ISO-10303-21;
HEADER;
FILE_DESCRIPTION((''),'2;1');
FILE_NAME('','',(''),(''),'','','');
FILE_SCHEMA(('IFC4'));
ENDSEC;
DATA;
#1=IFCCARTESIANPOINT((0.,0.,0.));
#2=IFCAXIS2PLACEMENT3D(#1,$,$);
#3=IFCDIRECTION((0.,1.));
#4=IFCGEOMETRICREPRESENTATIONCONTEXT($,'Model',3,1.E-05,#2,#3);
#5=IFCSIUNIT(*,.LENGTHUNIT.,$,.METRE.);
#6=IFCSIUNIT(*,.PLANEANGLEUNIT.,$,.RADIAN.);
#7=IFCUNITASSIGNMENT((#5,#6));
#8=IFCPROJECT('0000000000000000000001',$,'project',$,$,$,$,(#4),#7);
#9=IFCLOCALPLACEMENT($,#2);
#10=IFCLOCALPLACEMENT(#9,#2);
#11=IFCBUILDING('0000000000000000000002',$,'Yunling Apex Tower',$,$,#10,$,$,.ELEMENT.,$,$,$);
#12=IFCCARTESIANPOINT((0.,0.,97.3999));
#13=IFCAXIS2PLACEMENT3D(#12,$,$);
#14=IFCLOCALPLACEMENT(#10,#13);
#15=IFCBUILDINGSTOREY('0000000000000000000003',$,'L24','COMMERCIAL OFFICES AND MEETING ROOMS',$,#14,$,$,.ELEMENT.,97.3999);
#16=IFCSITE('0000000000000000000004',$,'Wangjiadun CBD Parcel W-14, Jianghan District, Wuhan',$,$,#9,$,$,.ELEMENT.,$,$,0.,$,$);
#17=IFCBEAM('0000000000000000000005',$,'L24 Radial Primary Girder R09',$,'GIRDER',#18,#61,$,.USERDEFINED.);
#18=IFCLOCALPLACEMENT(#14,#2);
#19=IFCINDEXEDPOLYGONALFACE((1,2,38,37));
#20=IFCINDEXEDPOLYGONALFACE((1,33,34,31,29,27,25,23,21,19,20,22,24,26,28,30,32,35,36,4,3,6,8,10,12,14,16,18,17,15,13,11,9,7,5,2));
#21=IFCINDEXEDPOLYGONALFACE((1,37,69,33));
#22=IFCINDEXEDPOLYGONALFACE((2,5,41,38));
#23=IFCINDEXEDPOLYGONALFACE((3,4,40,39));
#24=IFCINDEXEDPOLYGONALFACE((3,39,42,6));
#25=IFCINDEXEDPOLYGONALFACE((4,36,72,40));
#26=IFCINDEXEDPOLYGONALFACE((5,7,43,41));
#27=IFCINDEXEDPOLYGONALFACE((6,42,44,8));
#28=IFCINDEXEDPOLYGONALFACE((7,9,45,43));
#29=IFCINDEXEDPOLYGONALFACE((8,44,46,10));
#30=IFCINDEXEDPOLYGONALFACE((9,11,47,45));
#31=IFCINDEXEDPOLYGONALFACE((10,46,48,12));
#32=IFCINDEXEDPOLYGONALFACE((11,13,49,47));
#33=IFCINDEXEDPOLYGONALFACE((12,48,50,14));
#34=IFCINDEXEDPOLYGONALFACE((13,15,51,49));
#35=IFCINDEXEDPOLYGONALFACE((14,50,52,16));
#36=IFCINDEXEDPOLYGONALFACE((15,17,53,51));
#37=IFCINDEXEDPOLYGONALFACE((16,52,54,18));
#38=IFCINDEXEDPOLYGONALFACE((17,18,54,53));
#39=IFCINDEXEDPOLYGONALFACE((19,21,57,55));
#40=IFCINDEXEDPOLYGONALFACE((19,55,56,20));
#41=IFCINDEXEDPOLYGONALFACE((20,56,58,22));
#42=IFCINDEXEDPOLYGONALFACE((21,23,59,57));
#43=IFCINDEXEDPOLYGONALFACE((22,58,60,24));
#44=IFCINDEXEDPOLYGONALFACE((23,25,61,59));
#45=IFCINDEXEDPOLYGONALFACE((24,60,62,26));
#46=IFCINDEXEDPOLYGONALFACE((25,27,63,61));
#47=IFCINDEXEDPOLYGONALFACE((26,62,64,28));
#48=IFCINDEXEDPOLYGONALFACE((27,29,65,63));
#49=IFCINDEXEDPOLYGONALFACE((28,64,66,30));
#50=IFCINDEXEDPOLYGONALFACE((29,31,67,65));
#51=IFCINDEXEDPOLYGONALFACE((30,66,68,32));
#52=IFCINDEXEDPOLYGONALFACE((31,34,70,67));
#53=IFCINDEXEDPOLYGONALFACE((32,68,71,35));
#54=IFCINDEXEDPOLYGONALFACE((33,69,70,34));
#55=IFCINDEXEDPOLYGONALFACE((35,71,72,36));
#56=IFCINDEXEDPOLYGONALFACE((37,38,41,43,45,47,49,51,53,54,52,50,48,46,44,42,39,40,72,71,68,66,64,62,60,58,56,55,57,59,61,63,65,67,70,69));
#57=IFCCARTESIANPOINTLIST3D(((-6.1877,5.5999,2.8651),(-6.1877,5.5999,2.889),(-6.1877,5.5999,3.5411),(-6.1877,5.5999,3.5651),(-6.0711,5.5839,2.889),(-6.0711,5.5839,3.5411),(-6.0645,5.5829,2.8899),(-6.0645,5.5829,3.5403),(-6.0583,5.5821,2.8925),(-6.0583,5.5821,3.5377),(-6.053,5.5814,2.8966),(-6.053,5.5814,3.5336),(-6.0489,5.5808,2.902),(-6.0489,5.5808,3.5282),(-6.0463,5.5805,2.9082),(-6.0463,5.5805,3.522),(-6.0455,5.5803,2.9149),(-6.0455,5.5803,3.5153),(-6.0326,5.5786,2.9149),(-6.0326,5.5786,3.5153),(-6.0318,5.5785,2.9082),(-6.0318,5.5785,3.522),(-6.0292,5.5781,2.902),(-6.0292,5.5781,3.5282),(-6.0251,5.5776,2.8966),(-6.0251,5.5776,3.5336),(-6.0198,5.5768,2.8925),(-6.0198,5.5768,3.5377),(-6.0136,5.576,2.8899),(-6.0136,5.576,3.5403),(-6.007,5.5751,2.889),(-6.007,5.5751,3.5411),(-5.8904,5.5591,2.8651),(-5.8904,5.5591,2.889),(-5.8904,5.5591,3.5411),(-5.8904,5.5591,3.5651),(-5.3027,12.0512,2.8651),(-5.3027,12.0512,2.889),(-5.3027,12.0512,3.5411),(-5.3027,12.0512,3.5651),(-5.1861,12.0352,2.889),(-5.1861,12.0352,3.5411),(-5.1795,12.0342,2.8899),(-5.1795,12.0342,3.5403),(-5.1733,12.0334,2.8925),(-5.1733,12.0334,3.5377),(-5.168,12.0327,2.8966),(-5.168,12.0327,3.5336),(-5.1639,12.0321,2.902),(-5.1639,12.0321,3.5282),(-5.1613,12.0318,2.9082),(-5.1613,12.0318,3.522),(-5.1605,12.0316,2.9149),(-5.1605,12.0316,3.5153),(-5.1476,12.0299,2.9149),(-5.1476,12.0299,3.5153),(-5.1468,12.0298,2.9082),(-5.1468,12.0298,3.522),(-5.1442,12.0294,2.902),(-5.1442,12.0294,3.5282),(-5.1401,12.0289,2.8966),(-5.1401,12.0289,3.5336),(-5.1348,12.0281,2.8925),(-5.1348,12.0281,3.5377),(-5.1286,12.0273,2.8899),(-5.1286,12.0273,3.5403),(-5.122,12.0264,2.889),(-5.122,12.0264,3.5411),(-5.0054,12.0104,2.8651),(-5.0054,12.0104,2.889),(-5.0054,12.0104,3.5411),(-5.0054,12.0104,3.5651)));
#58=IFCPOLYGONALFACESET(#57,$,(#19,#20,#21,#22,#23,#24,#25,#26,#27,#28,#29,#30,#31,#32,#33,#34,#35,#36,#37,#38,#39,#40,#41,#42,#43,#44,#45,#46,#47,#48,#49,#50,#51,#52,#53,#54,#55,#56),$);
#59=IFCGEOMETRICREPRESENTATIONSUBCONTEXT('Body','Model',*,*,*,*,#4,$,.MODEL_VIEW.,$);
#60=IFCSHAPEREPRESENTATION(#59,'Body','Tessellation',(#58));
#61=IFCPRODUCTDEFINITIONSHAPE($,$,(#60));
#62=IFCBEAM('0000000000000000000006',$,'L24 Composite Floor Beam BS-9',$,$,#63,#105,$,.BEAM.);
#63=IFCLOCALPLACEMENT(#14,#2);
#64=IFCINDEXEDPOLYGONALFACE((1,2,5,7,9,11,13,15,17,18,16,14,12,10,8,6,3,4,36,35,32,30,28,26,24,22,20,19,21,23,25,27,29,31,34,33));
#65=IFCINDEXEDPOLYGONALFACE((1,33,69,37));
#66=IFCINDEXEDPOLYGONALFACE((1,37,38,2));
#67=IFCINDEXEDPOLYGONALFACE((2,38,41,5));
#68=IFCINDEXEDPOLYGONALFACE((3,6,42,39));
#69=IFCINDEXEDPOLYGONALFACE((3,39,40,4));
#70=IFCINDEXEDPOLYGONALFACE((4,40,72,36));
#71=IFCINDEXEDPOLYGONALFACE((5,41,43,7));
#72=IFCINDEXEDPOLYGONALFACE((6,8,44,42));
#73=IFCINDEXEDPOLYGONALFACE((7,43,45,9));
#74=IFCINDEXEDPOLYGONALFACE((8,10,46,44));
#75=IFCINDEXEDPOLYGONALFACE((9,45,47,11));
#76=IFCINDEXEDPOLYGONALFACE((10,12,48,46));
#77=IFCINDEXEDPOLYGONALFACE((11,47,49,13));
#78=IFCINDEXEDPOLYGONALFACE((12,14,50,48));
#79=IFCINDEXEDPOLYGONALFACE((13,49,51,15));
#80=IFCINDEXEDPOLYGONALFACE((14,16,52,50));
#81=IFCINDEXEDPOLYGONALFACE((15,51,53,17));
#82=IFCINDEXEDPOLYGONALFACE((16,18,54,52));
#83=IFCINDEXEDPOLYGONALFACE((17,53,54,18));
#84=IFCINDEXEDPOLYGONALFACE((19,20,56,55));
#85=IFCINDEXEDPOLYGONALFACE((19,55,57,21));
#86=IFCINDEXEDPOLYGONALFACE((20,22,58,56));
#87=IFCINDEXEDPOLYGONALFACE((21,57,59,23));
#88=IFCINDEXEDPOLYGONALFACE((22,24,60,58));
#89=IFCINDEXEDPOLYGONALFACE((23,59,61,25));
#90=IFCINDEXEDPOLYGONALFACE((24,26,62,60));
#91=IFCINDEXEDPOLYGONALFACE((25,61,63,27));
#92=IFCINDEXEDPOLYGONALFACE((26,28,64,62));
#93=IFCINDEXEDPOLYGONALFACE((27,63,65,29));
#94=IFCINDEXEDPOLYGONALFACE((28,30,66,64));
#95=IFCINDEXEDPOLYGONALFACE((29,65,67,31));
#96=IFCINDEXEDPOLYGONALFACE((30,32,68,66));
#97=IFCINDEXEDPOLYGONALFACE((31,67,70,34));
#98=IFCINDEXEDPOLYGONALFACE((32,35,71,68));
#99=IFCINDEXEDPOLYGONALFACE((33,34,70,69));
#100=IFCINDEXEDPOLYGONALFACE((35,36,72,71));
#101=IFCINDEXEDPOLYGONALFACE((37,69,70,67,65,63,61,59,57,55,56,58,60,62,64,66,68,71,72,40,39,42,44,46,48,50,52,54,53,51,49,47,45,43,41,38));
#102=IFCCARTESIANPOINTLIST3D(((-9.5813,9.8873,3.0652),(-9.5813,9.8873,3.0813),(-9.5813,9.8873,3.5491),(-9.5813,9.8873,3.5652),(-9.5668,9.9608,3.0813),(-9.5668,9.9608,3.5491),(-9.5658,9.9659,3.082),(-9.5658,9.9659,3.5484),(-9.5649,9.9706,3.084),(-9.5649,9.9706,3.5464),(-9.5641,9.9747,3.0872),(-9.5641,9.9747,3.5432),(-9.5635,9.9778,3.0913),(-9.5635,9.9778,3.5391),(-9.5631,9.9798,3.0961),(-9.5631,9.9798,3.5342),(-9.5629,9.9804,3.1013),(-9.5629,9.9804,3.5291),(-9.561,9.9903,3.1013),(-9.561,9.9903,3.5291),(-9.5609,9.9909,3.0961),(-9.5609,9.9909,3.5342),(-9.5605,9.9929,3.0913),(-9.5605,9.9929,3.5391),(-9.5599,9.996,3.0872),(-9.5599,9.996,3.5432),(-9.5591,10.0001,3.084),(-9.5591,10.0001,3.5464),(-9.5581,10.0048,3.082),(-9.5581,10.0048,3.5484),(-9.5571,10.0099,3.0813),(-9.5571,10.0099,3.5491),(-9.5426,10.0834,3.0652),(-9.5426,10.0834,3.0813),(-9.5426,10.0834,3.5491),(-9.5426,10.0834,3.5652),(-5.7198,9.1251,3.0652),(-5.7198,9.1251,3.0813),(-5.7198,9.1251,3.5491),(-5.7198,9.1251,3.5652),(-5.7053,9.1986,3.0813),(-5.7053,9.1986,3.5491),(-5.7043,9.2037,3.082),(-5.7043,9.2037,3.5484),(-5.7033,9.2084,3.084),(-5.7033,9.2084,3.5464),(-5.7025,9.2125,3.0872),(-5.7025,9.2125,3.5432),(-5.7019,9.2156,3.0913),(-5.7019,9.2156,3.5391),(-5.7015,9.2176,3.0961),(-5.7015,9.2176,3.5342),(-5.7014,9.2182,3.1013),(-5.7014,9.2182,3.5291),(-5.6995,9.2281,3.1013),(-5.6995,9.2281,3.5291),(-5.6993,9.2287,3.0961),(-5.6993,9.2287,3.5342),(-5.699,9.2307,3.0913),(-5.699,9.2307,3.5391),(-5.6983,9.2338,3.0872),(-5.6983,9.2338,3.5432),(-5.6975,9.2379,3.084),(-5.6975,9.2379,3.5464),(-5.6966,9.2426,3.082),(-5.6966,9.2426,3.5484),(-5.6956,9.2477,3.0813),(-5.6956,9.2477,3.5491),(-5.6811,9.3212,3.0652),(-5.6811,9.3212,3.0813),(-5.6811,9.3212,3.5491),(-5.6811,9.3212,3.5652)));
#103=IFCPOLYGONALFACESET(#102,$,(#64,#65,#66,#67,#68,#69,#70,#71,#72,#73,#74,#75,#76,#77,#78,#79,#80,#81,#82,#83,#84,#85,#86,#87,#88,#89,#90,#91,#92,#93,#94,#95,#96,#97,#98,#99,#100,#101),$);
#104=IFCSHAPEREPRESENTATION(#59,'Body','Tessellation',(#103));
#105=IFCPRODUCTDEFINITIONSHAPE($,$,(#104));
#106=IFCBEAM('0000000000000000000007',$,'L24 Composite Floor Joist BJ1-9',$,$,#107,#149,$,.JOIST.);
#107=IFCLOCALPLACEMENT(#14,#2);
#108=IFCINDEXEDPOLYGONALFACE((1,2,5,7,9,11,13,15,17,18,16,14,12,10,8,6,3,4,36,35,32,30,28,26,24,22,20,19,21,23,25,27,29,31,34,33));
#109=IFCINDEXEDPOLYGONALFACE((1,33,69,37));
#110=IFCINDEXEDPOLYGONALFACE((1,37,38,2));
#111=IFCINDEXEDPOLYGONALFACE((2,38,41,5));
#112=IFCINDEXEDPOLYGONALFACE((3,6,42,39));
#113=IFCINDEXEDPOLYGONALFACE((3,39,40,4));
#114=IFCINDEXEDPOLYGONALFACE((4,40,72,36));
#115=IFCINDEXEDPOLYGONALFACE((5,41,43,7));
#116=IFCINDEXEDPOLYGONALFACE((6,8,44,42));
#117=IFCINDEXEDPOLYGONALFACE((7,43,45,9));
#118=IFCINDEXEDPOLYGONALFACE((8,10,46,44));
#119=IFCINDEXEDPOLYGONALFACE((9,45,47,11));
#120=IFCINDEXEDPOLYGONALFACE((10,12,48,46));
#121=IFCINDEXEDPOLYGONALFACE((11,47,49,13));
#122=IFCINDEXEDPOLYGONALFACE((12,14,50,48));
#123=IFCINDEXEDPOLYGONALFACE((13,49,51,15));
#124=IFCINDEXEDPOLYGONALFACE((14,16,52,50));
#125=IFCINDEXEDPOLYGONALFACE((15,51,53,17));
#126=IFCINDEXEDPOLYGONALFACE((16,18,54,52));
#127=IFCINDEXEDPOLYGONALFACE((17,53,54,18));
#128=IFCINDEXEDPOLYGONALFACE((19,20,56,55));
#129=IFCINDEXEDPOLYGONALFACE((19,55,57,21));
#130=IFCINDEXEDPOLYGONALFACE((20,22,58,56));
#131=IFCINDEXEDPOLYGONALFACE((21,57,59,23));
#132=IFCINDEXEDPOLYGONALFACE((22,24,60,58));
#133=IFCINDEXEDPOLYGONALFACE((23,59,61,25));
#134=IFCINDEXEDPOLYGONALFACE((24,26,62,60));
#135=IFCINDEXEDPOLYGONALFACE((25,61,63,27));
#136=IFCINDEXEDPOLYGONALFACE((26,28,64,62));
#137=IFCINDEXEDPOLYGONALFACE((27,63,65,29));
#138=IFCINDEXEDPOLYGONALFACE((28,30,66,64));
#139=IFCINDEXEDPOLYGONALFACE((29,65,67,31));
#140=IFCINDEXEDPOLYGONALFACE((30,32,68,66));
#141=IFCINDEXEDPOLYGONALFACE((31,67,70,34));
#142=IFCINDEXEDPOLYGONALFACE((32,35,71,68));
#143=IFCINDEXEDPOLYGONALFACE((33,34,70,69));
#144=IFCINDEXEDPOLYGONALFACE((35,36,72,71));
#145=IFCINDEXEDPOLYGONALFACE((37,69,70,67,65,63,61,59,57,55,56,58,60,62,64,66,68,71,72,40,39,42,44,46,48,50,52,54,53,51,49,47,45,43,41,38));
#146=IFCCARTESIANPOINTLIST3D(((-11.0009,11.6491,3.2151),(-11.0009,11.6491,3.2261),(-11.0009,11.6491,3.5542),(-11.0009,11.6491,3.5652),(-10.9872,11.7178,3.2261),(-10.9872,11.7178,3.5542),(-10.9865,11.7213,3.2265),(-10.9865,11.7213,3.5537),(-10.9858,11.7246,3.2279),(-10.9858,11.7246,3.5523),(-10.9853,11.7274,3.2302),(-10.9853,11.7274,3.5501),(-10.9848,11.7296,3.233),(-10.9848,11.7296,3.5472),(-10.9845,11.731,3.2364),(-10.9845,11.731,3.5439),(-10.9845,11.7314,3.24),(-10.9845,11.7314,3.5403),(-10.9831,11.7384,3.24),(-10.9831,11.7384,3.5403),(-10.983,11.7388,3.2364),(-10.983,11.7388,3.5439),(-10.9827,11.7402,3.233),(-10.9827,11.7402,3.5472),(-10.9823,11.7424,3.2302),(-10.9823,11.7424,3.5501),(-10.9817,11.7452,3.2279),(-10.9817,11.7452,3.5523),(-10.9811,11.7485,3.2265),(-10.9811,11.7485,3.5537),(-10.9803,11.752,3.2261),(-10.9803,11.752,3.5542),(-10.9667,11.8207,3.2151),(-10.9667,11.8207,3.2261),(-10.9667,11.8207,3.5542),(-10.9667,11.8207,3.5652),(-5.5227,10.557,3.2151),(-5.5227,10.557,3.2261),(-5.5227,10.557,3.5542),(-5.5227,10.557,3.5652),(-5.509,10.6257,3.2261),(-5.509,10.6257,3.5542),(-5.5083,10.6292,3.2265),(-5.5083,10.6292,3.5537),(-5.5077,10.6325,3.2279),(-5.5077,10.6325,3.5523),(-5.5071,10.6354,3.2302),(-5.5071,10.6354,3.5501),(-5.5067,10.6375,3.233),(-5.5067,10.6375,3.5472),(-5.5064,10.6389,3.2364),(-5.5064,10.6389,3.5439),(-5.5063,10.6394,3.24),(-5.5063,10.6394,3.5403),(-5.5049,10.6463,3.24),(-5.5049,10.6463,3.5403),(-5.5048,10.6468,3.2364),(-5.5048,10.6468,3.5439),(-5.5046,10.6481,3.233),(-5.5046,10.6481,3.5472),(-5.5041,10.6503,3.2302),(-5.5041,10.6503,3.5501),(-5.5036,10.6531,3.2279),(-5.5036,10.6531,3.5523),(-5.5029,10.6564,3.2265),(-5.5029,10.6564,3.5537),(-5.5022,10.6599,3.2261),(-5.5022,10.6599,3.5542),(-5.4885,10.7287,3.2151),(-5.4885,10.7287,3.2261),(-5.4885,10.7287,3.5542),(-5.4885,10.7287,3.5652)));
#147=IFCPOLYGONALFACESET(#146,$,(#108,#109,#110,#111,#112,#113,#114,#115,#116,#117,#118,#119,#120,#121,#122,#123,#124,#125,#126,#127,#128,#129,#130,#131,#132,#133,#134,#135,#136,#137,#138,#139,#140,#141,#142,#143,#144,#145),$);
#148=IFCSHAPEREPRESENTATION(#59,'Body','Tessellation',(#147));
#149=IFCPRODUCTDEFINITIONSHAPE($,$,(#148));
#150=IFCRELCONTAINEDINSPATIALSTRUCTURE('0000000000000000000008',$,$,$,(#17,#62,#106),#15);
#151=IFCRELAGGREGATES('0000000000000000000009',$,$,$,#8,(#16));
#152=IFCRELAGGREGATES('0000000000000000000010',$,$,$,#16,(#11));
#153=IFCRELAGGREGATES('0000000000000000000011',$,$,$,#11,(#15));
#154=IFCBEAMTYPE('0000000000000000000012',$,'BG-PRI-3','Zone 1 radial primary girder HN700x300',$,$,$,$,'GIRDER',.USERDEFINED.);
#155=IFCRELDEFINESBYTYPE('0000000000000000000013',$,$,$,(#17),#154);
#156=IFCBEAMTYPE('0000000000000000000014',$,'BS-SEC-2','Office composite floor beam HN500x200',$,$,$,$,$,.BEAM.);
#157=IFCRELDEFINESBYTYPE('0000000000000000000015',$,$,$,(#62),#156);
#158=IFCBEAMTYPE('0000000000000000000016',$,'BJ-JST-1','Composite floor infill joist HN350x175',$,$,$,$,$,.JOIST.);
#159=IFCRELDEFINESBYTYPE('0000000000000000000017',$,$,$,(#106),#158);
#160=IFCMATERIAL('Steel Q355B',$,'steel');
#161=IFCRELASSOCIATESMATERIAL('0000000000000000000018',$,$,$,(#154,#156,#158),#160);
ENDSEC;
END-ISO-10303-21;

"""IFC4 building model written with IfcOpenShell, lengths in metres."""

from ifc_helpers import new_model, si_unit, direction, frame, origin, origin_2d, place, context, subcontext, project, spatial, i_section, extrude, source, transform, mapped, material, material_profile, profile_set, type_object, element, save


model = new_model("IFC4")

# Units and contexts
model_context = context("Model", 3, precision=1e-05, world=origin(), true_north=direction((0.0, 1.0)))
body_context = subcontext(model_context, "Body", "Model", "MODEL_VIEW")
ifc_project = project(units=[si_unit("LENGTHUNIT", "METRE"), si_unit("PLANEANGLEUNIT", "RADIAN")], contexts=[model_context])

# Site, building, storey
site_placement = place(None, origin())
site = spatial("IfcSite", under=ifc_project, at=site_placement, Name="Wangjiadun CBD Parcel W-14, Jianghan District, Wuhan", CompositionType="ELEMENT", RefElevation=0.0)
building_placement = place(site_placement, origin())
building = spatial("IfcBuilding", under=site, at=building_placement, Name="Yunling Apex Tower", CompositionType="ELEMENT")
storey_placement = place(building_placement, frame((0.0, 0.0, 97.3999)))
storey = spatial("IfcBuildingStorey", under=building, at=storey_placement, Name="L24", Description="COMMERCIAL OFFICES AND MEETING ROOMS", CompositionType="ELEMENT", Elevation=97.3999)

# Beams
ifc_material_1 = material(Name="Steel Q355B", Category="steel")
ifc_material_profile_1 = material_profile(ifc_material_1, i_section(OverallWidth=0.3, OverallDepth=0.7, WebThickness=0.0129, FlangeThickness=0.0239, FilletRadius=0.0259, at=origin_2d()))
ifc_profile_set_1 = profile_set([ifc_material_profile_1], Name="Steel Q355B")
beam_type_1 = type_object("IfcBeamType", Name="BG-PRI-3", Description="Zone 1 radial primary girder HN700x300", ElementType="GIRDER", PredefinedType="USERDEFINED", material=ifc_profile_set_1)
shared_shape_1 = source(origin(), body_context, "Body", "SweptSolid", [
    extrude(i_section(OverallWidth=0.3, OverallDepth=0.7, WebThickness=0.0129, FlangeThickness=0.0239, FilletRadius=0.0259, at=origin_2d()), origin(), (0.0, 0.0, 1.0), 6.5117),
])
beam_1_placement = place(storey_placement, frame((-5.1541, 12.0308, 3.2151), z_axis=(-0.135908, -0.990721, 0.0), x_axis=(0.990721, -0.135908, 0.0)))
element("IfcBeam", 1, at=beam_1_placement, inside=storey, type_object=beam_type_1, Name="L24 Radial Primary Girder R09", ObjectType="GIRDER", PredefinedType="USERDEFINED", context=body_context, shape_type="MappedRepresentation", body=[
    mapped(shared_shape_1, transform((0.0, 0.0, 0.0), scale=1.0)),
])
ifc_material_profile_2 = material_profile(ifc_material_1, i_section(OverallWidth=0.2, OverallDepth=0.5, WebThickness=0.01, FlangeThickness=0.0161, FilletRadius=0.02, at=origin_2d()))
ifc_profile_set_2 = profile_set([ifc_material_profile_2], Name="Steel Q355B")
beam_type_2 = type_object("IfcBeamType", Name="BS-SEC-2", Description="Office composite floor beam HN500x200", PredefinedType="BEAM", material=ifc_profile_set_2)
shared_shape_2 = source(origin(), body_context, "Body", "SweptSolid", [
    extrude(i_section(OverallWidth=0.2, OverallDepth=0.5, WebThickness=0.01, FlangeThickness=0.0161, FilletRadius=0.02, at=origin_2d()), origin(), (0.0, 0.0, 1.0), 3.936),
])
beam_2_placement = place(storey_placement, frame((-5.7004, 9.2231, 3.3152), z_axis=(-0.981071, 0.193646, 0.0), x_axis=(-0.193646, -0.981071, 0.0)))
element("IfcBeam", 2, at=beam_2_placement, inside=storey, type_object=beam_type_2, Name="L24 Composite Floor Beam BS-9", PredefinedType="BEAM", context=body_context, shape_type="MappedRepresentation", body=[
    mapped(shared_shape_2, transform((0.0, 0.0, 0.0), scale=1.0)),
])
ifc_material_profile_3 = material_profile(ifc_material_1, i_section(OverallWidth=0.175, OverallDepth=0.3501, WebThickness=0.0071, FlangeThickness=0.011, FilletRadius=0.0139, at=origin_2d()))
ifc_profile_set_3 = profile_set([ifc_material_profile_3], Name="Steel Q355B")
beam_type_3 = type_object("IfcBeamType", Name="BJ-JST-1", Description="Composite floor infill joist HN350x175", PredefinedType="JOIST", material=ifc_profile_set_3)
shared_shape_3 = source(origin(), body_context, "Body", "SweptSolid", [
    extrude(i_section(OverallWidth=0.175, OverallDepth=0.3501, WebThickness=0.0071, FlangeThickness=0.011, FilletRadius=0.0139, at=origin_2d()), origin(), (0.0, 0.0, 1.0), 5.5859),
])
beam_3_placement = place(storey_placement, frame((-5.5056, 10.6428, 3.3901), z_axis=(-0.980703, 0.195503, 0.0), x_axis=(-0.195503, -0.980703, 0.0)))
element("IfcBeam", 3, at=beam_3_placement, inside=storey, type_object=beam_type_3, Name="L24 Composite Floor Joist BJ1-9", PredefinedType="JOIST", context=body_context, shape_type="MappedRepresentation", body=[
    mapped(shared_shape_3, transform((0.0, 0.0, 0.0), scale=1.0)),
])

save(model, "model.ifc")
